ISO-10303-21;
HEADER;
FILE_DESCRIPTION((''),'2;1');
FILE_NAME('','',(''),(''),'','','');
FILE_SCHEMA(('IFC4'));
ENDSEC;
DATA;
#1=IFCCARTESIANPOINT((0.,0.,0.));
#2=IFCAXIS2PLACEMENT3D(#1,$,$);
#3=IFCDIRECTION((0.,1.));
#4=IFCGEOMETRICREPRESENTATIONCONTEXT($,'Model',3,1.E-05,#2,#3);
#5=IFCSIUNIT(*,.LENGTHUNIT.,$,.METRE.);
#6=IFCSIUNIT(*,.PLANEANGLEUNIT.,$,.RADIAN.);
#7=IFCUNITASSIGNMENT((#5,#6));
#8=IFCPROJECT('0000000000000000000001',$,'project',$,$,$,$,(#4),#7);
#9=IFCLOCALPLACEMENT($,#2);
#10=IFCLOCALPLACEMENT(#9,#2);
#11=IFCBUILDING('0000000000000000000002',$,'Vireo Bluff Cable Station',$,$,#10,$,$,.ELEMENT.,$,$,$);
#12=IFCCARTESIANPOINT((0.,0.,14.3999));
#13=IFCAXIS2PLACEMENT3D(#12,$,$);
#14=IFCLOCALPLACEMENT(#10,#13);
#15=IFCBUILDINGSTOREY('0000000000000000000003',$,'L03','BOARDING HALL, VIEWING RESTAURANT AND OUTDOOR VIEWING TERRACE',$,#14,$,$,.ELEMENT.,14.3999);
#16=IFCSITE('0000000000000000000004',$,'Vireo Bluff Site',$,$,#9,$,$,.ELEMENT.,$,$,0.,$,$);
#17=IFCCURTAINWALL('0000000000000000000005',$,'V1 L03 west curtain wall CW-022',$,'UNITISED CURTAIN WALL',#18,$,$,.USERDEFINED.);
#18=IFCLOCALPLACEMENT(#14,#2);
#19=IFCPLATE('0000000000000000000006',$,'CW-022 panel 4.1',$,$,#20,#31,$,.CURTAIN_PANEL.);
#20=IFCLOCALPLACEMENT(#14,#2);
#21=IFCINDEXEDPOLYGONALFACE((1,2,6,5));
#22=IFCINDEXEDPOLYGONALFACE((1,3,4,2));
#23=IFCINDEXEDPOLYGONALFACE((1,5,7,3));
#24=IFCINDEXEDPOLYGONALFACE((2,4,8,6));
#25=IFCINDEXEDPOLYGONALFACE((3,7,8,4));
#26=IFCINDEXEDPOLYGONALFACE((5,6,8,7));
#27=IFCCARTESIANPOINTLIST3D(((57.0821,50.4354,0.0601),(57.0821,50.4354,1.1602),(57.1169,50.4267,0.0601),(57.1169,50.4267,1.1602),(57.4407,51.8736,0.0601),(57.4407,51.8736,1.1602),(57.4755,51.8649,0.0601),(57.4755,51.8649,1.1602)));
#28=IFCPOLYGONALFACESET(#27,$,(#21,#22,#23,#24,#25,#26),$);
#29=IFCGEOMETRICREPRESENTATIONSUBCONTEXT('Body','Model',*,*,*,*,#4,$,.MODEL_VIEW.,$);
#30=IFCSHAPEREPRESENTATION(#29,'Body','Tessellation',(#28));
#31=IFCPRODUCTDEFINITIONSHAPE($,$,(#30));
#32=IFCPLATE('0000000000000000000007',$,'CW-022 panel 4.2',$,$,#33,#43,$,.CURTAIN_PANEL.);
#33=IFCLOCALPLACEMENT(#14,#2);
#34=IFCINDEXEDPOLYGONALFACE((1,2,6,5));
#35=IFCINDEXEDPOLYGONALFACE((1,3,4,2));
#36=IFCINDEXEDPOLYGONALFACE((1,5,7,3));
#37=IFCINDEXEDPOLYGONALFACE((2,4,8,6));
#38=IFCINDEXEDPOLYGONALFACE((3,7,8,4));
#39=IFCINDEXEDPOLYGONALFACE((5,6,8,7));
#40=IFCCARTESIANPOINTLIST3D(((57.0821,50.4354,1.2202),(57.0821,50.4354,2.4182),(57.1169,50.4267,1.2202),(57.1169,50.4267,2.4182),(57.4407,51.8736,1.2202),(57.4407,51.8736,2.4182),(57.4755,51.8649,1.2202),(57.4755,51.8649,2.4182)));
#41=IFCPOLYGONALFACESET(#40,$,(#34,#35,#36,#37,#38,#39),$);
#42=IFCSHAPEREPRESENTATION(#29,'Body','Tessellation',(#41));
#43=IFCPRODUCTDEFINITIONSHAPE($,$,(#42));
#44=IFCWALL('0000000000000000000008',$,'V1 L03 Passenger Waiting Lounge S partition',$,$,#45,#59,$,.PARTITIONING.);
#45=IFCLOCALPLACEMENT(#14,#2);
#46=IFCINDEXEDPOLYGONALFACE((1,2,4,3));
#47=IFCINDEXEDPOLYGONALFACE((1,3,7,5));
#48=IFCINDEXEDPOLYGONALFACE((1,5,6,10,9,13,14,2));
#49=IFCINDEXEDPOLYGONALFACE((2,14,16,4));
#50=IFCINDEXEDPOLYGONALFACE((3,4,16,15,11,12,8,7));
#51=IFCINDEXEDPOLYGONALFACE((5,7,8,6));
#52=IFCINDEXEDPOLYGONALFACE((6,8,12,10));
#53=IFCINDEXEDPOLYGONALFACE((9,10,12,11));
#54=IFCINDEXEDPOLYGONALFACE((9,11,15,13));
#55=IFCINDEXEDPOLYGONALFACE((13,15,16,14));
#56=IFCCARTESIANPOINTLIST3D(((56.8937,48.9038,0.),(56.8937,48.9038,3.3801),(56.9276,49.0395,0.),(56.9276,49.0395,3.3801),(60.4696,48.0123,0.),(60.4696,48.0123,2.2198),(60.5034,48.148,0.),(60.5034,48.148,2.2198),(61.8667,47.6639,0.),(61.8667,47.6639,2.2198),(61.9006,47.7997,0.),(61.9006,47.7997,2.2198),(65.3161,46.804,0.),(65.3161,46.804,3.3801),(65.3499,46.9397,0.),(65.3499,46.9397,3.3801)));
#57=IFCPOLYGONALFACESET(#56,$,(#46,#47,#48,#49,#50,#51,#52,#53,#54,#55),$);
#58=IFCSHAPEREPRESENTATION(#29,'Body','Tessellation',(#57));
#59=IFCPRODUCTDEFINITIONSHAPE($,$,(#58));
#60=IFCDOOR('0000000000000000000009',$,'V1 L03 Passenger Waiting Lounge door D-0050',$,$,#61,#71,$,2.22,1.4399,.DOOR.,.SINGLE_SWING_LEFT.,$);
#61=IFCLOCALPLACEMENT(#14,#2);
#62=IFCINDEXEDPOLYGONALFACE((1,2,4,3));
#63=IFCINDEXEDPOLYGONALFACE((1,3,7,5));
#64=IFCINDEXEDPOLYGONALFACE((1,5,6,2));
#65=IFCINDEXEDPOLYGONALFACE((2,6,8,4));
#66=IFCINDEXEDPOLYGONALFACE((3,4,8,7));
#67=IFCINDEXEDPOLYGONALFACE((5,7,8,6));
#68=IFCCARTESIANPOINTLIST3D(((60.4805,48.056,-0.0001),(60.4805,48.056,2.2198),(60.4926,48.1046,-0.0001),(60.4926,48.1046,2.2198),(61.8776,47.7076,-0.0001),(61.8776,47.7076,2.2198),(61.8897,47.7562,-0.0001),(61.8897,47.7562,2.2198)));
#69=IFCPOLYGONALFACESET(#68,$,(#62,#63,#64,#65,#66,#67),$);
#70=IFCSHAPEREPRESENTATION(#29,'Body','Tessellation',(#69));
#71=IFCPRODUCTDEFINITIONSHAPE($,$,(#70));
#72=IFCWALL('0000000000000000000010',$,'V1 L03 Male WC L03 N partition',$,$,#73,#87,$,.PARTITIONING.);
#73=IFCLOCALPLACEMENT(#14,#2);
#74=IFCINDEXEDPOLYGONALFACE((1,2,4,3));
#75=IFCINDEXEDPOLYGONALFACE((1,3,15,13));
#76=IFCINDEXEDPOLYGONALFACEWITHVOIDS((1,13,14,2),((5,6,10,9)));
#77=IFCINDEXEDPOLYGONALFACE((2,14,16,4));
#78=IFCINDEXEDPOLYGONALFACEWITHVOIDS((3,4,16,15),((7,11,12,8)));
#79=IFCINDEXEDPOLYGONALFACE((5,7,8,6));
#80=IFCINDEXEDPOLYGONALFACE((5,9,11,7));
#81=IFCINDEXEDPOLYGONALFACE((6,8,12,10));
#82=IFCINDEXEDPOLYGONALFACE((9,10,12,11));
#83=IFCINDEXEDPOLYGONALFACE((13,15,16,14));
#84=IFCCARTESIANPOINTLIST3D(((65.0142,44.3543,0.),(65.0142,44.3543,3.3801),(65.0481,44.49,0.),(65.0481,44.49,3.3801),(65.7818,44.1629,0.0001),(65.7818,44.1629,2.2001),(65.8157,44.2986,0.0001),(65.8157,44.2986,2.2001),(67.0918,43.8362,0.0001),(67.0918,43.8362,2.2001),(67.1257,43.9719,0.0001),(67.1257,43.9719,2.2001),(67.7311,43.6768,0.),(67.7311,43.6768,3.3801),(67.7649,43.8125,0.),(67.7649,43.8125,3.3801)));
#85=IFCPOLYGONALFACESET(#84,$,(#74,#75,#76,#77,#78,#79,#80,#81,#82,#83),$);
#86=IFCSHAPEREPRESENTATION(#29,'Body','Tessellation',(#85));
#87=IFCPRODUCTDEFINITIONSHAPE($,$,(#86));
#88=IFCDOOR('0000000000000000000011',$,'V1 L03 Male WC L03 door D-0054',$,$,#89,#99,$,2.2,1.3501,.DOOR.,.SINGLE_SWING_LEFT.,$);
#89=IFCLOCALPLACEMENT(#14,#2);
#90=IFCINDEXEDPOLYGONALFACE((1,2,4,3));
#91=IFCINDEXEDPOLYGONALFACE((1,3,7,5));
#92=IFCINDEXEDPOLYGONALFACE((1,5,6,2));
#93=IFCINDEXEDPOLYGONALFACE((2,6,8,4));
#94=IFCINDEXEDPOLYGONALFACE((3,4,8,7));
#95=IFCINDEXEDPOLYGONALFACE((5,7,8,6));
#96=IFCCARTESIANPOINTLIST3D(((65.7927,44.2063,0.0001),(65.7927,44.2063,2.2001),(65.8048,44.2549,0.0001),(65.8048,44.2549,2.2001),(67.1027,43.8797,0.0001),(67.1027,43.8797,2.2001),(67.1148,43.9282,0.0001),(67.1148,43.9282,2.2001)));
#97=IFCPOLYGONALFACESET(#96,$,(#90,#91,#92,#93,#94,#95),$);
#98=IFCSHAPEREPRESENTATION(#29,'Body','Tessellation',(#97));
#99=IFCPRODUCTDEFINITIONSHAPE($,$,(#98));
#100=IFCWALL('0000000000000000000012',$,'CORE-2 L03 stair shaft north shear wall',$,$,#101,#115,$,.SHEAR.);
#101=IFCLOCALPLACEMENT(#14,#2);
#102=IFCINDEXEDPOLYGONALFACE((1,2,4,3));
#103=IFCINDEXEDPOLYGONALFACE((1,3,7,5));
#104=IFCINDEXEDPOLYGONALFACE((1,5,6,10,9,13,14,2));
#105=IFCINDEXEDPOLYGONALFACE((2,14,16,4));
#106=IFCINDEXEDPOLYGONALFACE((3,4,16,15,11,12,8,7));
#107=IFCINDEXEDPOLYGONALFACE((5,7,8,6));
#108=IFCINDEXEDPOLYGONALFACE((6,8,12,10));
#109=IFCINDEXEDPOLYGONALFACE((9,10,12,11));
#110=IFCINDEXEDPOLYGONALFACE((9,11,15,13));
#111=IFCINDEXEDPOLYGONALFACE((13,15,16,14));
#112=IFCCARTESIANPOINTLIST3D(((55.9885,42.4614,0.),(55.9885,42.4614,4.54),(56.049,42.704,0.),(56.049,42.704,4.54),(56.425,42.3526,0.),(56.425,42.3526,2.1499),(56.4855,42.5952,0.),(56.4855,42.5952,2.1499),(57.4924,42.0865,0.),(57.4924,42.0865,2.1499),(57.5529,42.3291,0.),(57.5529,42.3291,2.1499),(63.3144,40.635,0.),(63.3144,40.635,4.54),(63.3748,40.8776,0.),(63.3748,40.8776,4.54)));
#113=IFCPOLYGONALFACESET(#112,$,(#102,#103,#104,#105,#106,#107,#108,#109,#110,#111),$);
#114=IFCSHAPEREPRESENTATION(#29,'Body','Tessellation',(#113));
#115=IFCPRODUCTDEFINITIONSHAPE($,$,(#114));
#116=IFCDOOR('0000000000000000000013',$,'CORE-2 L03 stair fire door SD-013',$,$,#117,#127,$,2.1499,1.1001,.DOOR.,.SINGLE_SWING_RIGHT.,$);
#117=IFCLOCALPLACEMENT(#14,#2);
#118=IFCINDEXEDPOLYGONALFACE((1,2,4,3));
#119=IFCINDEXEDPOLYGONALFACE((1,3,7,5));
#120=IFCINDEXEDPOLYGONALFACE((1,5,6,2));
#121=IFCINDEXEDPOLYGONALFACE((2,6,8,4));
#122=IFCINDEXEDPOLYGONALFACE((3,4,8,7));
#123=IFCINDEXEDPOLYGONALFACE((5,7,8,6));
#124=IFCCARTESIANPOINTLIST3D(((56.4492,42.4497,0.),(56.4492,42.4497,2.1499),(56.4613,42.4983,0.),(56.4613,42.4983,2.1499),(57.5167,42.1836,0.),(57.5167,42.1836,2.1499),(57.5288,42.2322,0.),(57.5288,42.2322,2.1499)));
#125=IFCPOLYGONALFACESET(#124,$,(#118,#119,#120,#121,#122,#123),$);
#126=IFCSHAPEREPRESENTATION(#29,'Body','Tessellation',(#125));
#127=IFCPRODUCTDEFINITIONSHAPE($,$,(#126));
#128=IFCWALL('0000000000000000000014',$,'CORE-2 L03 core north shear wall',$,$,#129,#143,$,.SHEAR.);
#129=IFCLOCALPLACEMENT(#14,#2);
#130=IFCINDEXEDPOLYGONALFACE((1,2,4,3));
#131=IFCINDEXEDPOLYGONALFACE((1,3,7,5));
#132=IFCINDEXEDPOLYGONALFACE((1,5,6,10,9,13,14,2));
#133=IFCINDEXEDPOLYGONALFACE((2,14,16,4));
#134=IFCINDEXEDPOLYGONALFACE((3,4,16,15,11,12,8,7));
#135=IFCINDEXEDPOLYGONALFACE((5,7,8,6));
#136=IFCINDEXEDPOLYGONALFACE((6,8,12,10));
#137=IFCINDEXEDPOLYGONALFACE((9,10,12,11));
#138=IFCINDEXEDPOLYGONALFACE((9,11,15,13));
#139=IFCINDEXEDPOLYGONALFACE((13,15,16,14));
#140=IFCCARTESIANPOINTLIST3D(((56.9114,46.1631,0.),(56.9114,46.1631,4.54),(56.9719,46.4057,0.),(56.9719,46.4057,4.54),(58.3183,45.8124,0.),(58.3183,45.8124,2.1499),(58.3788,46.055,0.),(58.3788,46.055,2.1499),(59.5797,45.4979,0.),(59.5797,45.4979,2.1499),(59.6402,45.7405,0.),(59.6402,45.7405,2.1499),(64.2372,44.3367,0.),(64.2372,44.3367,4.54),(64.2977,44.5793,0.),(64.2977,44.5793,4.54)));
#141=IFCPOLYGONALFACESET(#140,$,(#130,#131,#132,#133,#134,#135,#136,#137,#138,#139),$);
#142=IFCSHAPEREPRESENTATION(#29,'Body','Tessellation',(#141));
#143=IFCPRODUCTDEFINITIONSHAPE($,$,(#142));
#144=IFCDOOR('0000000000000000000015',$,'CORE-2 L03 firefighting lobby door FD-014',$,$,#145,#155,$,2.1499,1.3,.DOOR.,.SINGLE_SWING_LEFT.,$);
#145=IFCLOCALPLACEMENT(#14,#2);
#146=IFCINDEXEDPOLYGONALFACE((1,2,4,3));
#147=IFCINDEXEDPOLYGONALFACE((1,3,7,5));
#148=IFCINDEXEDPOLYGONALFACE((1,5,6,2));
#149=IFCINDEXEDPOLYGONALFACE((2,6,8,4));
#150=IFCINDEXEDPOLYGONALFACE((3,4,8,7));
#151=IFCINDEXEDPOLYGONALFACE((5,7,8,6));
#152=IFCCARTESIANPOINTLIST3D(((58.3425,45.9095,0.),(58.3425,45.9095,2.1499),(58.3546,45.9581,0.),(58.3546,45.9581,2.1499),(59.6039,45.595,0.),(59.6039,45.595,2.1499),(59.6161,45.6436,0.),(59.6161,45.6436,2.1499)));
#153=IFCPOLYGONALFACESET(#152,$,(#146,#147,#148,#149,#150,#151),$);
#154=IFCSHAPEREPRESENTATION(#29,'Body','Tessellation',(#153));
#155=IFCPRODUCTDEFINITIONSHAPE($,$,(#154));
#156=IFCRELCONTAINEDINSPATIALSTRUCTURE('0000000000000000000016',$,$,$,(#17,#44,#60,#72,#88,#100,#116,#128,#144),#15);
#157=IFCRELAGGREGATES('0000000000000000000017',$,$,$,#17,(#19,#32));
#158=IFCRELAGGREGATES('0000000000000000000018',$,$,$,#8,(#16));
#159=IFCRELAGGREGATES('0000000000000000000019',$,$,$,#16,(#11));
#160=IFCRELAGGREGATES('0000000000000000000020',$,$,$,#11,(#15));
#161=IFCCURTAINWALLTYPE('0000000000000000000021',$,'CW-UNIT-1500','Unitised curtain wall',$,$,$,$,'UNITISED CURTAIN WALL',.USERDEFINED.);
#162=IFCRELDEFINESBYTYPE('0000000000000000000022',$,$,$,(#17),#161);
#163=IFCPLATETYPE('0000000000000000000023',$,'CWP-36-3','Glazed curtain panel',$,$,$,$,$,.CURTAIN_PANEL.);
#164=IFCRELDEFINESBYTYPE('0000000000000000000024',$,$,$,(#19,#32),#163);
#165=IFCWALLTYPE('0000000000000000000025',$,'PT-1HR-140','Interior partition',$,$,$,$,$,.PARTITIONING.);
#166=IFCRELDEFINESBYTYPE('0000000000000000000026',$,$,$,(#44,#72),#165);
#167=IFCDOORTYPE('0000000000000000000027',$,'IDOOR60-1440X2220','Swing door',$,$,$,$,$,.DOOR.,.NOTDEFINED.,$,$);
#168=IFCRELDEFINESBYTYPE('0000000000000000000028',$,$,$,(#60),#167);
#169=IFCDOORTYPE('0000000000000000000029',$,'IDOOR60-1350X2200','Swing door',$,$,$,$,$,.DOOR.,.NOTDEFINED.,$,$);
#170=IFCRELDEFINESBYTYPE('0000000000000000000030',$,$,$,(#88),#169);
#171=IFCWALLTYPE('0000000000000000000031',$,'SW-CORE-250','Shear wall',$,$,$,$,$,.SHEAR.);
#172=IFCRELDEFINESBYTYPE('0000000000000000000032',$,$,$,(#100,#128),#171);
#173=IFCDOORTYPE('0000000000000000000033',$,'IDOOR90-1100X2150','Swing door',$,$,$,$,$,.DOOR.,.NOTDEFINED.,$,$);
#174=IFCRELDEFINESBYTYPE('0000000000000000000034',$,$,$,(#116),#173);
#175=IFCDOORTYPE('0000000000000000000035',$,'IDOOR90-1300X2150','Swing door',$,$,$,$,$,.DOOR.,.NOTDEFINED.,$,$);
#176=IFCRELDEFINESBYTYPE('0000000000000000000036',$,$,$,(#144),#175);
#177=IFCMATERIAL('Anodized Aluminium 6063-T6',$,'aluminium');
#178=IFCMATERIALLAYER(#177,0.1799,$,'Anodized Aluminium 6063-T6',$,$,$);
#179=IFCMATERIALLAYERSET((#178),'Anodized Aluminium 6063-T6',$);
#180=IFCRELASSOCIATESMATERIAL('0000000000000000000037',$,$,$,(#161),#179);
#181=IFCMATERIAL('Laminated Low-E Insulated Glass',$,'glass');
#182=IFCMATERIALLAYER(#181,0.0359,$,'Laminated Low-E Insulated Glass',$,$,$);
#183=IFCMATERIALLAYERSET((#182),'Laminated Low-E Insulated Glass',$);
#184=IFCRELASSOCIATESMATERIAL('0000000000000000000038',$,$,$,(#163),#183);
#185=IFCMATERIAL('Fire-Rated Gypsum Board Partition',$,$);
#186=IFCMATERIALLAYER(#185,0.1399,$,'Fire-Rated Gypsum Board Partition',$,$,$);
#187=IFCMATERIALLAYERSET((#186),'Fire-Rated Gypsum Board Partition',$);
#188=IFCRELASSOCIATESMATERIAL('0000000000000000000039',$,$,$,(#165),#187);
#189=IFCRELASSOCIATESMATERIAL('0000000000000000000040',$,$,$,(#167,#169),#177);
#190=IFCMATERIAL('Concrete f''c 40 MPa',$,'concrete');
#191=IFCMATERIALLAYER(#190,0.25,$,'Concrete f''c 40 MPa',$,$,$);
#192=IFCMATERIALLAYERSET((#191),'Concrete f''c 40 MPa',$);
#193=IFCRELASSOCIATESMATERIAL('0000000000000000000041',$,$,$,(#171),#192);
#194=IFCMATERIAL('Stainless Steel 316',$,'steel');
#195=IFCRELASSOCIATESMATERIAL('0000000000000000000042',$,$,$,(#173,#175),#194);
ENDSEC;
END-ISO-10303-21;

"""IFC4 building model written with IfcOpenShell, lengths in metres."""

from ifc_helpers import new_model, si_unit, direction, frame, frame_2d, origin, origin_with_axes, origin_2d, place, context, subcontext, project, spatial, rectangle, extrude, material, layer, layer_set, type_object, element, fill, aggregate, save


model = new_model("IFC4")

# Units and contexts
model_context = context("Model", 3, precision=1e-05, world=origin(), true_north=direction((0.0, 1.0)))
body_context = subcontext(model_context, "Body", "Model", "MODEL_VIEW")
ifc_project = project(units=[si_unit("LENGTHUNIT", "METRE"), si_unit("PLANEANGLEUNIT", "RADIAN")], contexts=[model_context])

# Site, building, storey
site_placement = place(None, origin())
site = spatial("IfcSite", under=ifc_project, at=site_placement, Name="Vireo Bluff Site", CompositionType="ELEMENT", RefElevation=0.0)
building_placement = place(site_placement, origin())
building = spatial("IfcBuilding", under=site, at=building_placement, Name="Vireo Bluff Cable Station", CompositionType="ELEMENT")
storey_placement = place(building_placement, frame((0.0, 0.0, 14.3999)))
storey = spatial("IfcBuildingStorey", under=building, at=storey_placement, Name="L03", Description="BOARDING HALL, VIEWING RESTAURANT AND OUTDOOR VIEWING TERRACE", CompositionType="ELEMENT", Elevation=14.3999)

# Curtain wall
ifc_material_1 = material(Name="Anodized Aluminium 6063-T6", Category="aluminium")
ifc_layer_1 = layer(ifc_material_1, 0.1799, Name="Anodized Aluminium 6063-T6")
ifc_layer_set_1 = layer_set([ifc_layer_1], Name="Anodized Aluminium 6063-T6")
curtain_wall_type = type_object("IfcCurtainWallType", Name="CW-UNIT-1500", Description="Unitised curtain wall", ElementType="UNITISED CURTAIN WALL", PredefinedType="USERDEFINED", material=ifc_layer_set_1)
curtain_wall_placement = place(storey_placement, origin())
curtain_wall = element("IfcCurtainWall", 1, at=curtain_wall_placement, inside=storey, type_object=curtain_wall_type, Name="V1 L03 west curtain wall CW-022", ObjectType="UNITISED CURTAIN WALL", PredefinedType="USERDEFINED")

# Plates
ifc_material_2 = material(Name="Laminated Low-E Insulated Glass", Category="glass")
ifc_layer_2 = layer(ifc_material_2, 0.0359, Name="Laminated Low-E Insulated Glass")
ifc_layer_set_2 = layer_set([ifc_layer_2], Name="Laminated Low-E Insulated Glass")
plate_type = type_object("IfcPlateType", Name="CWP-36-3", Description="Glazed curtain panel", PredefinedType="CURTAIN_PANEL", material=ifc_layer_set_2)
plate_1_placement = place(storey_placement, frame((57.2788, 51.1501, 0.0601), z_axis=(0.0, 0.0, 1.0), x_axis=(0.241922, 0.970296, 0.0)))
plate_1 = element("IfcPlate", 2, at=plate_1_placement, type_object=plate_type, Name="CW-022 panel 4.1", PredefinedType="CURTAIN_PANEL", context=body_context, shape_type="SweptSolid", body=[
    extrude(rectangle(XDim=1.4822, YDim=0.0359, at=origin_2d()), origin(), (0.0, 0.0, 1.0), 1.1001),
])
plate_2_placement = place(storey_placement, frame((57.2788, 51.1501, 1.2202), z_axis=(0.0, 0.0, 1.0), x_axis=(0.241922, 0.970296, 0.0)))
plate_2 = element("IfcPlate", 3, at=plate_2_placement, type_object=plate_type, Name="CW-022 panel 4.2", PredefinedType="CURTAIN_PANEL", context=body_context, shape_type="SweptSolid", body=[
    extrude(rectangle(XDim=1.4822, YDim=0.0359, at=origin_2d()), origin(), (0.0, 0.0, 1.0), 1.198),
])
aggregate(curtain_wall, [plate_1, plate_2])

# Walls, openings, doors
ifc_material_3 = material(Name="Fire-Rated Gypsum Board Partition")
ifc_layer_3 = layer(ifc_material_3, 0.1399, Name="Fire-Rated Gypsum Board Partition")
ifc_layer_set_3 = layer_set([ifc_layer_3], Name="Fire-Rated Gypsum Board Partition")
wall_type_1 = type_object("IfcWallType", Name="PT-1HR-140", Description="Interior partition", PredefinedType="PARTITIONING", material=ifc_layer_set_3)
wall_1_placement = place(storey_placement, frame((65.333, 46.8718, 0.0), z_axis=(0.0, 0.0, 1.0), x_axis=(-0.970298, 0.241913, 0.0)))
wall_1 = element("IfcWall", 4, at=wall_1_placement, inside=storey, type_object=wall_type_1, Name="V1 L03 Passenger Waiting Lounge S partition", PredefinedType="PARTITIONING", context=body_context, shape_type="SweptSolid", body=[
    extrude(rectangle(XDim=8.6802, YDim=0.1399, at=frame_2d((4.3401, 0.0))), origin(), (0.0, 0.0, 1.0), 3.3801),
])
opening_1_placement = place(wall_1_placement, frame((3.5549, 0.0, 0.0)))
opening_1 = element("IfcOpeningElement", 5, at=opening_1_placement, cuts=wall_1, PredefinedType="OPENING", context=body_context, shape_type="SweptSolid", body=[
    extrude(rectangle(XDim=1.4399, YDim=2.22, at=frame_2d((0.72, 1.1099))), frame((0.0, 0.0801, 0.0), z_axis=(0.0, -1.0, 0.0), x_axis=(1.0, 0.0, 0.0)), (0.0, 0.0, 1.0), 0.1599),
])
door_type_1 = type_object("IfcDoorType", Name="IDOOR60-1440X2220", Description="Swing door", OperationType="NOTDEFINED", PredefinedType="DOOR", material=ifc_material_1)
door_1_placement = place(opening_1_placement, origin_with_axes())
door_1 = element("IfcDoor", 6, at=door_1_placement, inside=storey, type_object=door_type_1, Name="V1 L03 Passenger Waiting Lounge door D-0050", OperationType="SINGLE_SWING_LEFT", OverallHeight=2.22, OverallWidth=1.4399, PredefinedType="DOOR", context=body_context, shape_type="SweptSolid", body=[
    extrude(rectangle(XDim=1.4399, YDim=2.22, at=frame_2d((0.72, 1.1099))), frame((0.0, 0.0249, 0.0), z_axis=(0.0, -1.0, 0.0), x_axis=(1.0, 0.0, 0.0)), (0.0, 0.0, 1.0), 0.05),
])
fill(opening_1, door_1)
wall_2_placement = place(storey_placement, frame((65.0312, 44.4221, 0.0), z_axis=(0.0, 0.0, 1.0), x_axis=(0.970286, -0.241961, 0.0)))
wall_2 = element("IfcWall", 7, at=wall_2_placement, inside=storey, type_object=wall_type_1, Name="V1 L03 Male WC L03 N partition", PredefinedType="PARTITIONING", context=body_context, shape_type="SweptSolid", body=[
    extrude(rectangle(XDim=2.8, YDim=0.1399, at=frame_2d((1.3999, 0.0))), origin(), (0.0, 0.0, 1.0), 3.3801),
])
opening_2_placement = place(wall_2_placement, frame((0.791, 0.0, 0.0)))
opening_2 = element("IfcOpeningElement", 8, at=opening_2_placement, cuts=wall_2, PredefinedType="OPENING", context=body_context, shape_type="SweptSolid", body=[
    extrude(rectangle(XDim=1.3501, YDim=2.2, at=frame_2d((0.675, 1.1001))), frame((0.0, 0.0801, 0.0), z_axis=(0.0, -1.0, 0.0), x_axis=(1.0, 0.0, 0.0)), (0.0, 0.0, 1.0), 0.1599),
])
door_type_2 = type_object("IfcDoorType", Name="IDOOR60-1350X2200", Description="Swing door", OperationType="NOTDEFINED", PredefinedType="DOOR", material=ifc_material_1)
door_2_placement = place(opening_2_placement, origin_with_axes())
door_2 = element("IfcDoor", 9, at=door_2_placement, inside=storey, type_object=door_type_2, Name="V1 L03 Male WC L03 door D-0054", OperationType="SINGLE_SWING_LEFT", OverallHeight=2.2, OverallWidth=1.3501, PredefinedType="DOOR", context=body_context, shape_type="SweptSolid", body=[
    extrude(rectangle(XDim=1.3501, YDim=2.2, at=frame_2d((0.675, 1.1001))), frame((0.0, 0.0249, 0.0), z_axis=(0.0, -1.0, 0.0), x_axis=(1.0, 0.0, 0.0)), (0.0, 0.0, 1.0), 0.05),
])
fill(opening_2, door_2)
ifc_material_4 = material(Name="Concrete f'c 40 MPa", Category="concrete")
ifc_layer_4 = layer(ifc_material_4, 0.25, Name="Concrete f'c 40 MPa")
ifc_layer_set_4 = layer_set([ifc_layer_4], Name="Concrete f'c 40 MPa")
wall_type_2 = type_object("IfcWallType", Name="SW-CORE-250", Description="Shear wall", PredefinedType="SHEAR", material=ifc_layer_set_4)
wall_3_placement = place(storey_placement, frame((63.3445, 40.7563, 0.0), z_axis=(0.0, 0.0, 1.0), x_axis=(-0.9703, 0.241904, 0.0)))
wall_3 = element("IfcWall", 10, at=wall_3_placement, inside=storey, type_object=wall_type_2, Name="CORE-2 L03 stair shaft north shear wall", PredefinedType="SHEAR", context=body_context, shape_type="SweptSolid", body=[
    extrude(rectangle(XDim=7.55, YDim=0.25, at=frame_2d((3.7749, 0.0))), origin(), (0.0, 0.0, 1.0), 4.54),
])
opening_3_placement = place(wall_3_placement, frame((6.0, 0.0, 0.0)))
opening_3 = element("IfcOpeningElement", 11, at=opening_3_placement, cuts=wall_3, PredefinedType="OPENING", context=body_context, shape_type="SweptSolid", body=[
    extrude(rectangle(XDim=1.1001, YDim=2.1499, at=frame_2d((0.55, 1.075))), frame((0.0, 0.135, 0.0), z_axis=(0.0, -1.0, 0.0), x_axis=(1.0, 0.0, 0.0)), (0.0, 0.0, 1.0), 0.27),
])
ifc_material_5 = material(Name="Stainless Steel 316", Category="steel")
door_type_3 = type_object("IfcDoorType", Name="IDOOR90-1100X2150", Description="Swing door", OperationType="NOTDEFINED", PredefinedType="DOOR", material=ifc_material_5)
door_3_placement = place(opening_3_placement, origin_with_axes())
door_3 = element("IfcDoor", 12, at=door_3_placement, inside=storey, type_object=door_type_3, Name="CORE-2 L03 stair fire door SD-013", OperationType="SINGLE_SWING_RIGHT", OverallHeight=2.1499, OverallWidth=1.1001, PredefinedType="DOOR", context=body_context, shape_type="SweptSolid", body=[
    extrude(rectangle(XDim=1.1001, YDim=2.1499, at=frame_2d((0.55, 1.075))), frame((0.0, 0.0249, 0.0), z_axis=(0.0, -1.0, 0.0), x_axis=(1.0, 0.0, 0.0)), (0.0, 0.0, 1.0), 0.05),
])
fill(opening_3, door_3)
wall_4_placement = place(storey_placement, frame((64.2673, 44.458, 0.0), z_axis=(0.0, 0.0, 1.0), x_axis=(-0.970298, 0.241912, 0.0)))
wall_4 = element("IfcWall", 13, at=wall_4_placement, inside=storey, type_object=wall_type_2, Name="CORE-2 L03 core north shear wall", PredefinedType="SHEAR", context=body_context, shape_type="SweptSolid", body=[
    extrude(rectangle(XDim=7.55, YDim=0.25, at=frame_2d((3.7749, 0.0))), origin(), (0.0, 0.0, 1.0), 4.54),
])
opening_4_placement = place(wall_4_placement, frame((4.8, 0.0, 0.0)))
opening_4 = element("IfcOpeningElement", 14, at=opening_4_placement, cuts=wall_4, PredefinedType="OPENING", context=body_context, shape_type="SweptSolid", body=[
    extrude(rectangle(XDim=1.3, YDim=2.1499, at=frame_2d((0.6499, 1.075))), frame((0.0, 0.135, 0.0), z_axis=(0.0, -1.0, 0.0), x_axis=(1.0, 0.0, 0.0)), (0.0, 0.0, 1.0), 0.27),
])
door_type_4 = type_object("IfcDoorType", Name="IDOOR90-1300X2150", Description="Swing door", OperationType="NOTDEFINED", PredefinedType="DOOR", material=ifc_material_5)
door_4_placement = place(opening_4_placement, origin_with_axes())
door_4 = element("IfcDoor", 15, at=door_4_placement, inside=storey, type_object=door_type_4, Name="CORE-2 L03 firefighting lobby door FD-014", OperationType="SINGLE_SWING_LEFT", OverallHeight=2.1499, OverallWidth=1.3, PredefinedType="DOOR", context=body_context, shape_type="SweptSolid", body=[
    extrude(rectangle(XDim=1.3, YDim=2.1499, at=frame_2d((0.6499, 1.075))), frame((0.0, 0.0249, 0.0), z_axis=(0.0, -1.0, 0.0), x_axis=(1.0, 0.0, 0.0)), (0.0, 0.0, 1.0), 0.05),
])
fill(opening_4, door_4)

save(model, "model.ifc")
